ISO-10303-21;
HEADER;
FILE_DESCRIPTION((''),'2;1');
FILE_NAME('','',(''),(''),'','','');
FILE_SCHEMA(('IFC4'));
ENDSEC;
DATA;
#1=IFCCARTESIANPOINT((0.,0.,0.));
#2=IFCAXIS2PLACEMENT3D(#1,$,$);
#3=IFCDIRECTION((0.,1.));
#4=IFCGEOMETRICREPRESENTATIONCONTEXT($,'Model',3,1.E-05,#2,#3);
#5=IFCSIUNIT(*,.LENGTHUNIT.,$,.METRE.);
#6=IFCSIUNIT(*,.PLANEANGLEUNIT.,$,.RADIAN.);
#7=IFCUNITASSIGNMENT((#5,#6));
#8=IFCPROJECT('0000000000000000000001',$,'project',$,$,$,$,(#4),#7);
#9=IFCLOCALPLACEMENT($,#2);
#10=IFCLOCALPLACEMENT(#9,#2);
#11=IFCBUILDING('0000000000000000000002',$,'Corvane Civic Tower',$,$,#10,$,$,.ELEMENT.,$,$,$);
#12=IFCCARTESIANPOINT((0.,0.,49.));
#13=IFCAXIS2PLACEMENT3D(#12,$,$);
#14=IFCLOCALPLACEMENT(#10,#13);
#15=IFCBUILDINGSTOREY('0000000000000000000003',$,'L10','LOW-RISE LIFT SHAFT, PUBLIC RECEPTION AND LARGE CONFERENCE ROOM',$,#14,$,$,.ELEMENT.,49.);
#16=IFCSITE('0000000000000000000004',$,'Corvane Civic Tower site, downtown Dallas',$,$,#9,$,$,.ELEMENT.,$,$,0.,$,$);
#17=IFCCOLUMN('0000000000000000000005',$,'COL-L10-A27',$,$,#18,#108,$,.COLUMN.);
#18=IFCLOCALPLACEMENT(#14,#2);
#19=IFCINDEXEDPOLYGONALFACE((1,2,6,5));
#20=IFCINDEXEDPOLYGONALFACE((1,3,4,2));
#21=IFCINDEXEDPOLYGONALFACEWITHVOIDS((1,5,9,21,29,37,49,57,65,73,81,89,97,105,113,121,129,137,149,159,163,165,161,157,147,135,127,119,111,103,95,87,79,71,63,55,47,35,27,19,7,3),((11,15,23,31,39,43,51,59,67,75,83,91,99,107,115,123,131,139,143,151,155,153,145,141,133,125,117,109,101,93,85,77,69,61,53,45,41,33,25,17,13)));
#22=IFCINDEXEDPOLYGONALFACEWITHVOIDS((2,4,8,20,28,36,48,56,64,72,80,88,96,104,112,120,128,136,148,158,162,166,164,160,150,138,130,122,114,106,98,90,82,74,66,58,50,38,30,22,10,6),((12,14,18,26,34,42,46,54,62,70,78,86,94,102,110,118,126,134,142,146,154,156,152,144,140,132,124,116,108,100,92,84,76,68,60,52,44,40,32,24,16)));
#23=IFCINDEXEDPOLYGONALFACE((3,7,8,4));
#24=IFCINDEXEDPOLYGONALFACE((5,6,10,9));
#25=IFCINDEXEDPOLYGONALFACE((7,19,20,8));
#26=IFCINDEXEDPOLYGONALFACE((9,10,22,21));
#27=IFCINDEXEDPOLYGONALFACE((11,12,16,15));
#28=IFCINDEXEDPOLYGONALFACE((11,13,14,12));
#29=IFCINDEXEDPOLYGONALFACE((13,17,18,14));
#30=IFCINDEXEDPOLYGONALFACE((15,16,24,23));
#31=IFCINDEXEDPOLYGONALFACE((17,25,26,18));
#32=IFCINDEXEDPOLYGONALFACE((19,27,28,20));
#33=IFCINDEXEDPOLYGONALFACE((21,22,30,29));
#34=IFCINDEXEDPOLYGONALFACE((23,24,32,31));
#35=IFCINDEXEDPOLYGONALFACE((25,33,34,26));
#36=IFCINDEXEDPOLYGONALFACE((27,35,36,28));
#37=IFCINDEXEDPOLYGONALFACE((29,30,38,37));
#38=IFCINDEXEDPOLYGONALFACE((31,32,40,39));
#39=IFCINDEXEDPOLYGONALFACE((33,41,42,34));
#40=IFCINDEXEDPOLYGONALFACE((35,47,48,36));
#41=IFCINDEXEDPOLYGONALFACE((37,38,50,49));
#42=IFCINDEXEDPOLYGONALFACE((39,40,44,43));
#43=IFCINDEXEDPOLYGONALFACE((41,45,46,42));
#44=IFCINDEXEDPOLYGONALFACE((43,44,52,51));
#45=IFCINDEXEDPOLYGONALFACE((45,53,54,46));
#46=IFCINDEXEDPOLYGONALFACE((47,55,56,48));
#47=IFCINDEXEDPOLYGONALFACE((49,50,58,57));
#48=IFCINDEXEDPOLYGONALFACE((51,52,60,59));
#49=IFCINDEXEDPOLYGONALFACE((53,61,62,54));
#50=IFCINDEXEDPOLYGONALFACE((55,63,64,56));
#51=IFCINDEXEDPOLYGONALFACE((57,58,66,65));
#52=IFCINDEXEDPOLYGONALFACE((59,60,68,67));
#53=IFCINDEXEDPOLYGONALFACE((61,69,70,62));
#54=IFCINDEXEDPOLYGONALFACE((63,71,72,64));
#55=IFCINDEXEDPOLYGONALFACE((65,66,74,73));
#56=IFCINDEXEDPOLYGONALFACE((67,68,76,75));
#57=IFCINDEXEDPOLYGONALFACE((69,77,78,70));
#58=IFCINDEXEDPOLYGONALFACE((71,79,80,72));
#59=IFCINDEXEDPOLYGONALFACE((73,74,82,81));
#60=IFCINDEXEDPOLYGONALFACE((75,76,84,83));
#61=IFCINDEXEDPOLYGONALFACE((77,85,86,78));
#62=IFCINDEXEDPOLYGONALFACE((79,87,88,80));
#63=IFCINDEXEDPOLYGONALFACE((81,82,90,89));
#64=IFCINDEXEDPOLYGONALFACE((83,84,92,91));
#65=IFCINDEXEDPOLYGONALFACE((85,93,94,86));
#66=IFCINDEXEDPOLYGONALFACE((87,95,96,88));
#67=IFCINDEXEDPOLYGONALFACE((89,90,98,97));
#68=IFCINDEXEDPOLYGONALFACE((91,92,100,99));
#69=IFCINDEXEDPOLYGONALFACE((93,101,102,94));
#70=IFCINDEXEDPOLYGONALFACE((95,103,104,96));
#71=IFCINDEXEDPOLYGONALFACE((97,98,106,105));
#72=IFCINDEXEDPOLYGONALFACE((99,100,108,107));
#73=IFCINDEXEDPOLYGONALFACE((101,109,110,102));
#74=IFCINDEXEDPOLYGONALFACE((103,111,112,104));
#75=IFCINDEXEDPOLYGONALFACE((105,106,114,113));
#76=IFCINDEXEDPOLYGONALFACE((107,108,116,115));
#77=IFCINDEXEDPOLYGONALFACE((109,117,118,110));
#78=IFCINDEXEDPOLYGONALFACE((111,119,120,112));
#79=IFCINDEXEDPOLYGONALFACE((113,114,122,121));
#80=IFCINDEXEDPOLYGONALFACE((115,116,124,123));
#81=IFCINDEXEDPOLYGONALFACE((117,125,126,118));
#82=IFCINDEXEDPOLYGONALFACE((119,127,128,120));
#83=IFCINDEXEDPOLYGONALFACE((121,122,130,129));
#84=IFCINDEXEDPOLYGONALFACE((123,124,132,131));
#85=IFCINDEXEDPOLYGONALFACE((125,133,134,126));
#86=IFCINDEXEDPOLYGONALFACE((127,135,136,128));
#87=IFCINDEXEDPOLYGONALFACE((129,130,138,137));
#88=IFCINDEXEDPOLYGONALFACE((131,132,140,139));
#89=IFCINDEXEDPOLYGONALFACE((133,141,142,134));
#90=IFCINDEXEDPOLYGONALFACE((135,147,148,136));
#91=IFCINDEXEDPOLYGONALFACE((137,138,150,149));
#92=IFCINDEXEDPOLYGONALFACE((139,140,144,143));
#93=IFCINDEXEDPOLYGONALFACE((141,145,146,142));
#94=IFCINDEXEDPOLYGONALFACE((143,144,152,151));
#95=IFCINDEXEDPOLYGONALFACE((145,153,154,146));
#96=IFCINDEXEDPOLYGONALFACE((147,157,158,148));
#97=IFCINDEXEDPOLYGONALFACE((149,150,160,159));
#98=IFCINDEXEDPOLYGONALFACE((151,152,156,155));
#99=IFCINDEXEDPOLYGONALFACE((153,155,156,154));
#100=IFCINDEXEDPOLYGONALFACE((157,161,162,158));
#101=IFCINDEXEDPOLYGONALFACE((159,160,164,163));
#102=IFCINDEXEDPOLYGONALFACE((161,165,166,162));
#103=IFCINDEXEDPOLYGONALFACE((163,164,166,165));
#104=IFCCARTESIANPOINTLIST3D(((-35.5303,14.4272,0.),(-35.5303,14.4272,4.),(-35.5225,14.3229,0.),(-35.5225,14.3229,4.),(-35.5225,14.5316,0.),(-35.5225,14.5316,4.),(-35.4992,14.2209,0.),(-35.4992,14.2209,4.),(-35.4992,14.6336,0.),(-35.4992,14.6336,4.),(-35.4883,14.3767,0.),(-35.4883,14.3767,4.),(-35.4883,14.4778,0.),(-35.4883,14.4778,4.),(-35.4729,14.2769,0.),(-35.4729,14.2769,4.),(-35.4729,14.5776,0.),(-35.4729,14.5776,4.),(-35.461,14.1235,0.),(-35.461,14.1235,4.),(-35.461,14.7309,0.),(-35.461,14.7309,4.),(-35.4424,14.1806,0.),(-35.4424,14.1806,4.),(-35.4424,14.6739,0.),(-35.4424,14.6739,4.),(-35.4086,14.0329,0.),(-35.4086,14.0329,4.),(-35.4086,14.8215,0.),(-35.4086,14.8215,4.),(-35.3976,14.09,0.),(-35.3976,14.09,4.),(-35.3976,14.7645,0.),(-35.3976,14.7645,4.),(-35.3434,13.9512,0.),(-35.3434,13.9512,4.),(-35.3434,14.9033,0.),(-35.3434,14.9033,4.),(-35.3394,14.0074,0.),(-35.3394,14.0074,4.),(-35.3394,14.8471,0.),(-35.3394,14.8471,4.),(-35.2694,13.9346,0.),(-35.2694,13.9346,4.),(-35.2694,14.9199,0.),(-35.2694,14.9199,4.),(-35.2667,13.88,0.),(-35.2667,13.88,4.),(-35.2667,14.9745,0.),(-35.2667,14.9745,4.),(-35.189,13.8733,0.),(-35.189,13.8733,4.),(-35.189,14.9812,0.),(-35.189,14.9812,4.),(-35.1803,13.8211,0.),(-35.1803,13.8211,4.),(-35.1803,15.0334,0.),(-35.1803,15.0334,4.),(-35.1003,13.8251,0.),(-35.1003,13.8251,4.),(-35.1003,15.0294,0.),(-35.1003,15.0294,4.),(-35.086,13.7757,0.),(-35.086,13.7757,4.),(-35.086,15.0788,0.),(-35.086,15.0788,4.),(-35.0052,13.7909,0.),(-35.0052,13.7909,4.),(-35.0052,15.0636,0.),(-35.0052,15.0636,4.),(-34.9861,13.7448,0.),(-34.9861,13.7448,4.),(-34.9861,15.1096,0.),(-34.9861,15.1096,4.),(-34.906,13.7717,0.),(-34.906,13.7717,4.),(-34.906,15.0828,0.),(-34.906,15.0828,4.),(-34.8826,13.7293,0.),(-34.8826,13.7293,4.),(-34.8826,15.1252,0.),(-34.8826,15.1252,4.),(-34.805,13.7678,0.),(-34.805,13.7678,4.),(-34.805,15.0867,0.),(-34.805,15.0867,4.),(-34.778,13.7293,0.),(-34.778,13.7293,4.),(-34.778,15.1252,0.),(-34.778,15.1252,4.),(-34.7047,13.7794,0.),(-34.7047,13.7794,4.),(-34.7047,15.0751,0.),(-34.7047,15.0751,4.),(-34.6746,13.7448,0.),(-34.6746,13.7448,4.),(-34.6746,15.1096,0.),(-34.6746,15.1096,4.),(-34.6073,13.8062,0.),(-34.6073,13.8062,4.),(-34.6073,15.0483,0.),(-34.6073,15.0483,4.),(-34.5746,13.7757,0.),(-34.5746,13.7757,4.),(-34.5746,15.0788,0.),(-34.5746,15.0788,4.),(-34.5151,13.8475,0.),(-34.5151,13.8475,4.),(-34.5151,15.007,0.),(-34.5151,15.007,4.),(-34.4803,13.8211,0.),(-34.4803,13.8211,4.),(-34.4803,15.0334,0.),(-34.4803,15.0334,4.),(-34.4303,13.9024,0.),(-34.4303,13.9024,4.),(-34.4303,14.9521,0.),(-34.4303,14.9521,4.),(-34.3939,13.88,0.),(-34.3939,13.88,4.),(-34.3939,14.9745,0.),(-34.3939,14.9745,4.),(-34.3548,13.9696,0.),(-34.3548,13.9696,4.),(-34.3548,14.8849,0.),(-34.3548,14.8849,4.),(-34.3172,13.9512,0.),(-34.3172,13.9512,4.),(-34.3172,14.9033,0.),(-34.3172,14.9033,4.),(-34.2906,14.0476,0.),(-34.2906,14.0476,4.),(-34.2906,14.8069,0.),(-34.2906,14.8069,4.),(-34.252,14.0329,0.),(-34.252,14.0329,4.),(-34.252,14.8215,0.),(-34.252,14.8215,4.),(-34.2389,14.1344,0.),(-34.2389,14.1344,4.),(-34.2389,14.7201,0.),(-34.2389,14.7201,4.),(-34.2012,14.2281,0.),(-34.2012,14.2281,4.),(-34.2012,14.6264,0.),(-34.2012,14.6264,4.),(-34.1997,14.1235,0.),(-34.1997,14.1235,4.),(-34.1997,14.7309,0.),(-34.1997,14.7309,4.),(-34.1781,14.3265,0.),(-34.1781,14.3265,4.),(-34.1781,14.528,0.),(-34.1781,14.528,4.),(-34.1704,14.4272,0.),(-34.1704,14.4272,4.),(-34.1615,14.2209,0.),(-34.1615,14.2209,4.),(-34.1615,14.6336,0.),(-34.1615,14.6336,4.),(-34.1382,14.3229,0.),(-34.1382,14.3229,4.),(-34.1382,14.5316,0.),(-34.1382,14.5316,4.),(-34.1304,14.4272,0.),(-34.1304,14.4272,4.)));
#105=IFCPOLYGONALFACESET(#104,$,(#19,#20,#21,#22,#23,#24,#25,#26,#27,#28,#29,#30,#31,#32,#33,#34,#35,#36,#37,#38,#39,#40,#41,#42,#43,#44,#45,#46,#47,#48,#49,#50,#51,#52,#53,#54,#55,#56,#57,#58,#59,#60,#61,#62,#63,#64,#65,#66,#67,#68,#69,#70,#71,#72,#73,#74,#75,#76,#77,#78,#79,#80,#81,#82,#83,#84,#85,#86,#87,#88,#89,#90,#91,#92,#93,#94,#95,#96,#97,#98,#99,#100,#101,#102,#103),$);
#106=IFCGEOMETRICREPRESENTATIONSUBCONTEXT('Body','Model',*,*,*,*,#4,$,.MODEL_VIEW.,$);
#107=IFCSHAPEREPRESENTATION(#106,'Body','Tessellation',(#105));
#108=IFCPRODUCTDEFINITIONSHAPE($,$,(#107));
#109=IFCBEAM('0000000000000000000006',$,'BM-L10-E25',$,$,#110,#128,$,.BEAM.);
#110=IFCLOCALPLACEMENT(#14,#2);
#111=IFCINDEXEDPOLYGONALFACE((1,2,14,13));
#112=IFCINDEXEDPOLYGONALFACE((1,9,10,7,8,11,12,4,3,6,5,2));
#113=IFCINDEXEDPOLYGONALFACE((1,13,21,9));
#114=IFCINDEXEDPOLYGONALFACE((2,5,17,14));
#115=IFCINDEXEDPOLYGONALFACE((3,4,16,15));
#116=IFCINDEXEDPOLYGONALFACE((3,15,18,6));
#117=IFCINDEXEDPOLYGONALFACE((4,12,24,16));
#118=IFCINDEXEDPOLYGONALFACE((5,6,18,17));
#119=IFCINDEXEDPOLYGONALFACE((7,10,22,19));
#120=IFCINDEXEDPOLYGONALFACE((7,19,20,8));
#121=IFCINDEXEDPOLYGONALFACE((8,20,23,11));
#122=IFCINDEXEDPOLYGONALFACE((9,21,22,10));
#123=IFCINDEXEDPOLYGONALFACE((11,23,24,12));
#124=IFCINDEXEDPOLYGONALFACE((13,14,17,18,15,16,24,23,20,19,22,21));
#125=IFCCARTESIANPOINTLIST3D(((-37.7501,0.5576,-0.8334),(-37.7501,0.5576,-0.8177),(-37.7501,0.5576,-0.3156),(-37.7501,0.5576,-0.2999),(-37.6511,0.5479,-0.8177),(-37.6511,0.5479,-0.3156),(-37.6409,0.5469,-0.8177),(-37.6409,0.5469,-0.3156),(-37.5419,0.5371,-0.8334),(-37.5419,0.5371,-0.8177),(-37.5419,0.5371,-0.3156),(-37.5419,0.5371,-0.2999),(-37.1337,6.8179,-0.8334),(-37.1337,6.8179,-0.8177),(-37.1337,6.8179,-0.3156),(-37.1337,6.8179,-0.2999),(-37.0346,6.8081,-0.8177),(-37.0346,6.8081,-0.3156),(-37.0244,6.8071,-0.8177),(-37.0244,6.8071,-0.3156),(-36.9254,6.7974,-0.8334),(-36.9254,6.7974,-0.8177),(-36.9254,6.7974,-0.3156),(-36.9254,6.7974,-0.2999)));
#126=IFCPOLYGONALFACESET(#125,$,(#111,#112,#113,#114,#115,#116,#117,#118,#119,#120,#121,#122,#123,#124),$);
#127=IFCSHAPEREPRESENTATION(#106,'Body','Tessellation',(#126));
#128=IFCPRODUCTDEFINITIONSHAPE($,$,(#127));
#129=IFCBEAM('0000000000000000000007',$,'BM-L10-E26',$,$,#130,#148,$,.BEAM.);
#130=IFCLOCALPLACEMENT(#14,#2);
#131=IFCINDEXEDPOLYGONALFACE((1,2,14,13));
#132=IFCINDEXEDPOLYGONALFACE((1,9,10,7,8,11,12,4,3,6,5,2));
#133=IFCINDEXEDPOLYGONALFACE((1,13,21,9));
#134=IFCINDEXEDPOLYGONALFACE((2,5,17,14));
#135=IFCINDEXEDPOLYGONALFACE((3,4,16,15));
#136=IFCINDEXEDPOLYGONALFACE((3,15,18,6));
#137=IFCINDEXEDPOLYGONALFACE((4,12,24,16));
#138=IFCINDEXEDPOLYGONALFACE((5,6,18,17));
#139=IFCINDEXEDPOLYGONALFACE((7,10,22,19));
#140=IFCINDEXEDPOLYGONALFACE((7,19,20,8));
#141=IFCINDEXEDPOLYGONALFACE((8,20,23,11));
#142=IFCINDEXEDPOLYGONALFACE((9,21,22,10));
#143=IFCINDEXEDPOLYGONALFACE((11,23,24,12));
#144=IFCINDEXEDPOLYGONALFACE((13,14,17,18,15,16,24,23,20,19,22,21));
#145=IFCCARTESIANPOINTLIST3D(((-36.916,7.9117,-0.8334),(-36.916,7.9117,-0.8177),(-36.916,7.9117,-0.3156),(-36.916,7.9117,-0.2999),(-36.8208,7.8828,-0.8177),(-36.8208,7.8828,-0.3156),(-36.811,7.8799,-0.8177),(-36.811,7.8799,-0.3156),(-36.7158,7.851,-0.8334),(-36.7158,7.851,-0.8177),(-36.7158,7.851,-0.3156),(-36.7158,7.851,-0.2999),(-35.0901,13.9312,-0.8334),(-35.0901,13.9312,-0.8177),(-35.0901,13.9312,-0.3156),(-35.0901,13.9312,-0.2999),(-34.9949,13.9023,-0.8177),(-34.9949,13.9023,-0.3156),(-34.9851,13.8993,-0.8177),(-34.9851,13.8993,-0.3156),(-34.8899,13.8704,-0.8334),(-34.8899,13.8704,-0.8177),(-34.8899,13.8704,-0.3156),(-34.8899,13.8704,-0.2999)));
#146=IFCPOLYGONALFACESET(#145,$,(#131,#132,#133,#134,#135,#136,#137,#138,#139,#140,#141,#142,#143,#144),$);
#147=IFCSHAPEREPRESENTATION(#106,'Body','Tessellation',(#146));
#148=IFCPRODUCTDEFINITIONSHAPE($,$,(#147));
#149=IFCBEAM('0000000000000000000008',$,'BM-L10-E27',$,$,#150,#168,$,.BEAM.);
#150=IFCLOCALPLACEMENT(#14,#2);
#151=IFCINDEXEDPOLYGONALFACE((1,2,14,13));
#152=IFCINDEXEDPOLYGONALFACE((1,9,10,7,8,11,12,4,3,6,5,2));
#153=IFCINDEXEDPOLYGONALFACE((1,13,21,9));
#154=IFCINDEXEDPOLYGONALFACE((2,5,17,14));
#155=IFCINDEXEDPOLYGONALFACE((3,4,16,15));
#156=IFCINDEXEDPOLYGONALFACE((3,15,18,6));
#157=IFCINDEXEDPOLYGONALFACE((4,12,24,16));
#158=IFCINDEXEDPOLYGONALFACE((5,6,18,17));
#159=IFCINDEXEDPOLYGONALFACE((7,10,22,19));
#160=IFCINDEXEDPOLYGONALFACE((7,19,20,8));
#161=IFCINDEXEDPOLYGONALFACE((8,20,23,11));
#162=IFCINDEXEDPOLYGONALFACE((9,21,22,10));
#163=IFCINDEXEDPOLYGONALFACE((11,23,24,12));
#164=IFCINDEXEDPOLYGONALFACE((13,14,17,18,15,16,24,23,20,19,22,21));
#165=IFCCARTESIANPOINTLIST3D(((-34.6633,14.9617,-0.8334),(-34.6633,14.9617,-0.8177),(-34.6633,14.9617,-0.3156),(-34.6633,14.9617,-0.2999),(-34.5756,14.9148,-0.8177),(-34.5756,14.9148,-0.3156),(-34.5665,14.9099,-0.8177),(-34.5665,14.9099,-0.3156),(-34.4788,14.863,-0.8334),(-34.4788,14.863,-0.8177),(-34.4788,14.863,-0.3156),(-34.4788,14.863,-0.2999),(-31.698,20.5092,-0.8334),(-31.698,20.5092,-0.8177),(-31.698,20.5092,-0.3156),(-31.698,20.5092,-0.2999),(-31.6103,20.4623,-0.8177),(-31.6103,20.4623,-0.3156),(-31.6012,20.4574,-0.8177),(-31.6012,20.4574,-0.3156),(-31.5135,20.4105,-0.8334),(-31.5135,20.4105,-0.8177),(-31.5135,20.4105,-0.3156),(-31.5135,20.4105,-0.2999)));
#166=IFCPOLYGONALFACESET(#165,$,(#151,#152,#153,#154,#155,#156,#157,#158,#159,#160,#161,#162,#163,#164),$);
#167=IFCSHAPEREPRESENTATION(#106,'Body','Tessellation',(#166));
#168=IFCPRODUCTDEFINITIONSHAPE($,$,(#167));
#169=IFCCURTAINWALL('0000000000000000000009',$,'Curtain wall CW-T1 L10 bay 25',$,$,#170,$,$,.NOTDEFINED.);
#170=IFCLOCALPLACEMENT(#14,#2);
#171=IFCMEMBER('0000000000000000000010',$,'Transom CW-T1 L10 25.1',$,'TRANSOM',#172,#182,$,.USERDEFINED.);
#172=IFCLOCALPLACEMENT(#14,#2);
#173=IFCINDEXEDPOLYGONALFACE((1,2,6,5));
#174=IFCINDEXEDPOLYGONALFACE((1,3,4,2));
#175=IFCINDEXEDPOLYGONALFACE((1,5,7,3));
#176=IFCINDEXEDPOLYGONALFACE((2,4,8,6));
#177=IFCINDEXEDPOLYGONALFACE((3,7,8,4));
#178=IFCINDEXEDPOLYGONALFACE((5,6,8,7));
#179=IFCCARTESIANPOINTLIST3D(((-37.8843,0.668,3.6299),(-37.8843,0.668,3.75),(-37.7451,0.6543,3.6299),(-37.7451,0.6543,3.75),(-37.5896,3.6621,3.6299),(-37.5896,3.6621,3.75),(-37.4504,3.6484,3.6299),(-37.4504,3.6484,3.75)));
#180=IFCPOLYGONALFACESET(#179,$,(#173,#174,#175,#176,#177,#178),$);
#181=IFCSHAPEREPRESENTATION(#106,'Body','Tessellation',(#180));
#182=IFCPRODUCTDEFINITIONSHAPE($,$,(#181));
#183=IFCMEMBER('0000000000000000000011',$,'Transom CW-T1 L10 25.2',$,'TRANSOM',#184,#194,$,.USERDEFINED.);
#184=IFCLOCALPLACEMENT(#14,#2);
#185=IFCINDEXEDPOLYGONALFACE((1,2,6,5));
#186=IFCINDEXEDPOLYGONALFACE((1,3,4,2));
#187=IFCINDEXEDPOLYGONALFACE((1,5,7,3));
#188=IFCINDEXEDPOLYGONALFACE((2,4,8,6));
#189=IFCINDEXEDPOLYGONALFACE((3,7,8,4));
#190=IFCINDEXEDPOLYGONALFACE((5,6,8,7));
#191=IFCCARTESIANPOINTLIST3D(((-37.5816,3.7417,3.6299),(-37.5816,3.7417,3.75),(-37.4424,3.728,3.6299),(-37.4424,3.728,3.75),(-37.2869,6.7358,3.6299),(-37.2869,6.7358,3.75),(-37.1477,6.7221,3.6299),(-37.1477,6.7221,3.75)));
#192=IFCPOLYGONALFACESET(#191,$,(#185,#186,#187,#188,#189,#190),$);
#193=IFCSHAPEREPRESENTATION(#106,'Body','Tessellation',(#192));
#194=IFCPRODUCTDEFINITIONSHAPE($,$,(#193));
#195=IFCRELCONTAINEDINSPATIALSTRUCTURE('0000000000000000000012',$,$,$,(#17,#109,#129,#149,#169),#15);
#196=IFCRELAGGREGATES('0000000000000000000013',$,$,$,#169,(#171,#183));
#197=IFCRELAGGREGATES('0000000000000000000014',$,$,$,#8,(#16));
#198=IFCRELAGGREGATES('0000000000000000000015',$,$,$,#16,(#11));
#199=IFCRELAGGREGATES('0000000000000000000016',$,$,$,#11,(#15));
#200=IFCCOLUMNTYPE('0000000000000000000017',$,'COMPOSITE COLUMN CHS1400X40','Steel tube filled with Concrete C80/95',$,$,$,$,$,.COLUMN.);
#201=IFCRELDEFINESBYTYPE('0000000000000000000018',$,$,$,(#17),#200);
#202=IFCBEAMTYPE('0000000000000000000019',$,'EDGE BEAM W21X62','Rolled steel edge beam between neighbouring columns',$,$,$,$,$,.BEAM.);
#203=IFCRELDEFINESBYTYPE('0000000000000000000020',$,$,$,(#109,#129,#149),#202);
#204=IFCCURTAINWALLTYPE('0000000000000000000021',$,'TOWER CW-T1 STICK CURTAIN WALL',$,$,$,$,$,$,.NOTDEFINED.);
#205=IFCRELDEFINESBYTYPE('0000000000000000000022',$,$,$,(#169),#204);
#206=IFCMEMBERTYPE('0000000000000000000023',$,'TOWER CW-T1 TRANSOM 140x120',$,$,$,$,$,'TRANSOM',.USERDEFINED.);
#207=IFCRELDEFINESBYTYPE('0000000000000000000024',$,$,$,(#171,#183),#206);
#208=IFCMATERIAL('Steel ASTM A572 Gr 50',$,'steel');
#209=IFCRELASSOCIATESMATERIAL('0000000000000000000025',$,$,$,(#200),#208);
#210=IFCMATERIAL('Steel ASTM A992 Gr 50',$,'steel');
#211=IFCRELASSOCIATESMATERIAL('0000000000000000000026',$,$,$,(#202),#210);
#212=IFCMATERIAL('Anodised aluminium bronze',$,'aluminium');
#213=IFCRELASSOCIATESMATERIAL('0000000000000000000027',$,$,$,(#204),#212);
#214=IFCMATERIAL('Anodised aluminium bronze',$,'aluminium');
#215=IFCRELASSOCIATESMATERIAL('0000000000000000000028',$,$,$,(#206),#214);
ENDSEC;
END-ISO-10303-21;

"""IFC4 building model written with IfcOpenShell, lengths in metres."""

from ifc_helpers import new_model, si_unit, direction, frame, origin, origin_2d, place, context, subcontext, project, spatial, rectangle, hollow_circle, i_section, extrude, material, material_profile, profile_set, type_object, element, aggregate, save


model = new_model("IFC4")

# Units and contexts
model_context = context("Model", 3, precision=1e-05, world=origin(), true_north=direction((0.0, 1.0)))
body_context = subcontext(model_context, "Body", "Model", "MODEL_VIEW")
ifc_project = project(units=[si_unit("LENGTHUNIT", "METRE"), si_unit("PLANEANGLEUNIT", "RADIAN")], contexts=[model_context])

# Site, building, storey
site_placement = place(None, origin())
site = spatial("IfcSite", under=ifc_project, at=site_placement, Name="Corvane Civic Tower site, downtown Dallas", CompositionType="ELEMENT", RefElevation=0.0)
building_placement = place(site_placement, origin())
building = spatial("IfcBuilding", under=site, at=building_placement, Name="Corvane Civic Tower", CompositionType="ELEMENT")
storey_placement = place(building_placement, frame((0.0, 0.0, 49.0)))
storey = spatial("IfcBuildingStorey", under=building, at=storey_placement, Name="L10", Description="LOW-RISE LIFT SHAFT, PUBLIC RECEPTION AND LARGE CONFERENCE ROOM", CompositionType="ELEMENT", Elevation=49.0)

# Column
ifc_material_1 = material(Name="Steel ASTM A572 Gr 50", Category="steel")
ifc_material_profile_1 = material_profile(ifc_material_1, hollow_circle(Radius=0.7, WallThickness=0.04, at=origin_2d()), Name="CHS1400X40")
ifc_profile_set_1 = profile_set([ifc_material_profile_1], Name="Steel ASTM A572 Gr 50")
column_type = type_object("IfcColumnType", Name="COMPOSITE COLUMN CHS1400X40", Description="Steel tube filled with Concrete C80/95", PredefinedType="COLUMN", material=ifc_profile_set_1)
for number, where, z_axis, x_axis, name in (
    (1, (-34.8303, 14.4272, 0.0), (0.0, 0.0, 1.0), (1.0, 0.0, 0.0), "COL-L10-A27"),
):
    element("IfcColumn", number, at=place(storey_placement, frame(where, z_axis=z_axis, x_axis=x_axis)), inside=storey, type_object=column_type, Name=name, PredefinedType="COLUMN", context=body_context, shape_type="SweptSolid", body=[
        extrude(hollow_circle(Radius=0.7, WallThickness=0.04, at=origin_2d()), origin(), (0.0, 0.0, 1.0), 4.0),
    ])

# Beams
ifc_material_2 = material(Name="Steel ASTM A992 Gr 50", Category="steel")
ifc_material_profile_2 = material_profile(ifc_material_2, i_section(OverallWidth=0.2092, OverallDepth=0.5334, WebThickness=0.0103, FlangeThickness=0.0156, at=origin_2d()), Name="W21X62")
ifc_profile_set_2 = profile_set([ifc_material_profile_2], Name="Steel ASTM A992 Gr 50")
beam_type = type_object("IfcBeamType", Name="EDGE BEAM W21X62", Description="Rolled steel edge beam between neighbouring columns", PredefinedType="BEAM", material=ifc_profile_set_2)
beam_placement = place(storey_placement, frame((-37.646, 0.5474, -0.5667), z_axis=(0.097997, 0.995187, 0.0), x_axis=(-0.995187, 0.097997, 0.0)))
element("IfcBeam", 2, at=beam_placement, inside=storey, type_object=beam_type, Name="BM-L10-E25", PredefinedType="BEAM", context=body_context, shape_type="SweptSolid", body=[
    extrude(i_section(OverallWidth=0.2092, OverallDepth=0.5334, WebThickness=0.0103, FlangeThickness=0.0156, at=origin_2d()), origin(), (0.0, 0.0, 1.0), 6.2905),
])
for number, where, z_axis, x_axis, name in (
    (3, (-36.8159, 7.8813, -0.5667), (0.290273, 0.956944, 0.0), (-0.956944, 0.290273, 0.0), "BM-L10-E26"),
    (4, (-34.571, 14.9124, -0.5667), (0.471406, 0.881916, 0.0), (-0.881916, 0.471406, 0.0), "BM-L10-E27"),
):
    element("IfcBeam", number, at=place(storey_placement, frame(where, z_axis=z_axis, x_axis=x_axis)), inside=storey, type_object=beam_type, Name=name, PredefinedType="BEAM", context=body_context, shape_type="SweptSolid", body=[
        extrude(i_section(OverallWidth=0.2092, OverallDepth=0.5334, WebThickness=0.0103, FlangeThickness=0.0156, at=origin_2d()), origin(), (0.0, 0.0, 1.0), 6.2903),
    ])

# Curtain wall, members
ifc_material_3 = material(Name="Anodised aluminium bronze", Category="aluminium")
curtain_wall_type = type_object("IfcCurtainWallType", Name="TOWER CW-T1 STICK CURTAIN WALL", PredefinedType="NOTDEFINED", material=ifc_material_3)
curtain_wall_1_placement = place(storey_placement, origin())
curtain_wall_1 = element("IfcCurtainWall", 5, at=curtain_wall_1_placement, inside=storey, type_object=curtain_wall_type, Name="Curtain wall CW-T1 L10 bay 25", PredefinedType="NOTDEFINED")
ifc_material_4 = material(Name="Anodised aluminium bronze", Category="aluminium")
ifc_material_profile_3 = material_profile(ifc_material_4, rectangle(XDim=0.1399, YDim=0.1201, at=origin_2d()), Name="TOWER CW-T1 TRANSOM 140x120")
ifc_profile_set_3 = profile_set([ifc_material_profile_3], Name="Anodised aluminium bronze")
member_type_1 = type_object("IfcMemberType", Name="TOWER CW-T1 TRANSOM 140x120", ElementType="TRANSOM", PredefinedType="USERDEFINED", material=ifc_profile_set_3)
member_1_placement = place(storey_placement, frame((-37.8147, 0.6611, 3.6899), z_axis=(0.097945, 0.995192, 0.0), x_axis=(-0.995192, 0.097945, 0.0)))
member_1 = element("IfcMember", 6, at=member_1_placement, type_object=member_type_1, Name="Transom CW-T1 L10 25.1", ObjectType="TRANSOM", PredefinedType="USERDEFINED", context=body_context, shape_type="SweptSolid", body=[
    extrude(rectangle(XDim=0.1399, YDim=0.1201, at=origin_2d()), origin(), (0.0, 0.0, 1.0), 3.0085),
])
member_2_placement = place(storey_placement, frame((-37.512, 3.7349, 3.6899), z_axis=(0.097945, 0.995192, 0.0), x_axis=(-0.995192, 0.097945, 0.0)))
member_2 = element("IfcMember", 7, at=member_2_placement, type_object=member_type_1, Name="Transom CW-T1 L10 25.2", ObjectType="TRANSOM", PredefinedType="USERDEFINED", context=body_context, shape_type="SweptSolid", body=[
    extrude(rectangle(XDim=0.1399, YDim=0.1201, at=origin_2d()), origin(), (0.0, 0.0, 1.0), 3.0085),
])

aggregate(curtain_wall_1, [member_1, member_2])

save(model, "model.ifc")
